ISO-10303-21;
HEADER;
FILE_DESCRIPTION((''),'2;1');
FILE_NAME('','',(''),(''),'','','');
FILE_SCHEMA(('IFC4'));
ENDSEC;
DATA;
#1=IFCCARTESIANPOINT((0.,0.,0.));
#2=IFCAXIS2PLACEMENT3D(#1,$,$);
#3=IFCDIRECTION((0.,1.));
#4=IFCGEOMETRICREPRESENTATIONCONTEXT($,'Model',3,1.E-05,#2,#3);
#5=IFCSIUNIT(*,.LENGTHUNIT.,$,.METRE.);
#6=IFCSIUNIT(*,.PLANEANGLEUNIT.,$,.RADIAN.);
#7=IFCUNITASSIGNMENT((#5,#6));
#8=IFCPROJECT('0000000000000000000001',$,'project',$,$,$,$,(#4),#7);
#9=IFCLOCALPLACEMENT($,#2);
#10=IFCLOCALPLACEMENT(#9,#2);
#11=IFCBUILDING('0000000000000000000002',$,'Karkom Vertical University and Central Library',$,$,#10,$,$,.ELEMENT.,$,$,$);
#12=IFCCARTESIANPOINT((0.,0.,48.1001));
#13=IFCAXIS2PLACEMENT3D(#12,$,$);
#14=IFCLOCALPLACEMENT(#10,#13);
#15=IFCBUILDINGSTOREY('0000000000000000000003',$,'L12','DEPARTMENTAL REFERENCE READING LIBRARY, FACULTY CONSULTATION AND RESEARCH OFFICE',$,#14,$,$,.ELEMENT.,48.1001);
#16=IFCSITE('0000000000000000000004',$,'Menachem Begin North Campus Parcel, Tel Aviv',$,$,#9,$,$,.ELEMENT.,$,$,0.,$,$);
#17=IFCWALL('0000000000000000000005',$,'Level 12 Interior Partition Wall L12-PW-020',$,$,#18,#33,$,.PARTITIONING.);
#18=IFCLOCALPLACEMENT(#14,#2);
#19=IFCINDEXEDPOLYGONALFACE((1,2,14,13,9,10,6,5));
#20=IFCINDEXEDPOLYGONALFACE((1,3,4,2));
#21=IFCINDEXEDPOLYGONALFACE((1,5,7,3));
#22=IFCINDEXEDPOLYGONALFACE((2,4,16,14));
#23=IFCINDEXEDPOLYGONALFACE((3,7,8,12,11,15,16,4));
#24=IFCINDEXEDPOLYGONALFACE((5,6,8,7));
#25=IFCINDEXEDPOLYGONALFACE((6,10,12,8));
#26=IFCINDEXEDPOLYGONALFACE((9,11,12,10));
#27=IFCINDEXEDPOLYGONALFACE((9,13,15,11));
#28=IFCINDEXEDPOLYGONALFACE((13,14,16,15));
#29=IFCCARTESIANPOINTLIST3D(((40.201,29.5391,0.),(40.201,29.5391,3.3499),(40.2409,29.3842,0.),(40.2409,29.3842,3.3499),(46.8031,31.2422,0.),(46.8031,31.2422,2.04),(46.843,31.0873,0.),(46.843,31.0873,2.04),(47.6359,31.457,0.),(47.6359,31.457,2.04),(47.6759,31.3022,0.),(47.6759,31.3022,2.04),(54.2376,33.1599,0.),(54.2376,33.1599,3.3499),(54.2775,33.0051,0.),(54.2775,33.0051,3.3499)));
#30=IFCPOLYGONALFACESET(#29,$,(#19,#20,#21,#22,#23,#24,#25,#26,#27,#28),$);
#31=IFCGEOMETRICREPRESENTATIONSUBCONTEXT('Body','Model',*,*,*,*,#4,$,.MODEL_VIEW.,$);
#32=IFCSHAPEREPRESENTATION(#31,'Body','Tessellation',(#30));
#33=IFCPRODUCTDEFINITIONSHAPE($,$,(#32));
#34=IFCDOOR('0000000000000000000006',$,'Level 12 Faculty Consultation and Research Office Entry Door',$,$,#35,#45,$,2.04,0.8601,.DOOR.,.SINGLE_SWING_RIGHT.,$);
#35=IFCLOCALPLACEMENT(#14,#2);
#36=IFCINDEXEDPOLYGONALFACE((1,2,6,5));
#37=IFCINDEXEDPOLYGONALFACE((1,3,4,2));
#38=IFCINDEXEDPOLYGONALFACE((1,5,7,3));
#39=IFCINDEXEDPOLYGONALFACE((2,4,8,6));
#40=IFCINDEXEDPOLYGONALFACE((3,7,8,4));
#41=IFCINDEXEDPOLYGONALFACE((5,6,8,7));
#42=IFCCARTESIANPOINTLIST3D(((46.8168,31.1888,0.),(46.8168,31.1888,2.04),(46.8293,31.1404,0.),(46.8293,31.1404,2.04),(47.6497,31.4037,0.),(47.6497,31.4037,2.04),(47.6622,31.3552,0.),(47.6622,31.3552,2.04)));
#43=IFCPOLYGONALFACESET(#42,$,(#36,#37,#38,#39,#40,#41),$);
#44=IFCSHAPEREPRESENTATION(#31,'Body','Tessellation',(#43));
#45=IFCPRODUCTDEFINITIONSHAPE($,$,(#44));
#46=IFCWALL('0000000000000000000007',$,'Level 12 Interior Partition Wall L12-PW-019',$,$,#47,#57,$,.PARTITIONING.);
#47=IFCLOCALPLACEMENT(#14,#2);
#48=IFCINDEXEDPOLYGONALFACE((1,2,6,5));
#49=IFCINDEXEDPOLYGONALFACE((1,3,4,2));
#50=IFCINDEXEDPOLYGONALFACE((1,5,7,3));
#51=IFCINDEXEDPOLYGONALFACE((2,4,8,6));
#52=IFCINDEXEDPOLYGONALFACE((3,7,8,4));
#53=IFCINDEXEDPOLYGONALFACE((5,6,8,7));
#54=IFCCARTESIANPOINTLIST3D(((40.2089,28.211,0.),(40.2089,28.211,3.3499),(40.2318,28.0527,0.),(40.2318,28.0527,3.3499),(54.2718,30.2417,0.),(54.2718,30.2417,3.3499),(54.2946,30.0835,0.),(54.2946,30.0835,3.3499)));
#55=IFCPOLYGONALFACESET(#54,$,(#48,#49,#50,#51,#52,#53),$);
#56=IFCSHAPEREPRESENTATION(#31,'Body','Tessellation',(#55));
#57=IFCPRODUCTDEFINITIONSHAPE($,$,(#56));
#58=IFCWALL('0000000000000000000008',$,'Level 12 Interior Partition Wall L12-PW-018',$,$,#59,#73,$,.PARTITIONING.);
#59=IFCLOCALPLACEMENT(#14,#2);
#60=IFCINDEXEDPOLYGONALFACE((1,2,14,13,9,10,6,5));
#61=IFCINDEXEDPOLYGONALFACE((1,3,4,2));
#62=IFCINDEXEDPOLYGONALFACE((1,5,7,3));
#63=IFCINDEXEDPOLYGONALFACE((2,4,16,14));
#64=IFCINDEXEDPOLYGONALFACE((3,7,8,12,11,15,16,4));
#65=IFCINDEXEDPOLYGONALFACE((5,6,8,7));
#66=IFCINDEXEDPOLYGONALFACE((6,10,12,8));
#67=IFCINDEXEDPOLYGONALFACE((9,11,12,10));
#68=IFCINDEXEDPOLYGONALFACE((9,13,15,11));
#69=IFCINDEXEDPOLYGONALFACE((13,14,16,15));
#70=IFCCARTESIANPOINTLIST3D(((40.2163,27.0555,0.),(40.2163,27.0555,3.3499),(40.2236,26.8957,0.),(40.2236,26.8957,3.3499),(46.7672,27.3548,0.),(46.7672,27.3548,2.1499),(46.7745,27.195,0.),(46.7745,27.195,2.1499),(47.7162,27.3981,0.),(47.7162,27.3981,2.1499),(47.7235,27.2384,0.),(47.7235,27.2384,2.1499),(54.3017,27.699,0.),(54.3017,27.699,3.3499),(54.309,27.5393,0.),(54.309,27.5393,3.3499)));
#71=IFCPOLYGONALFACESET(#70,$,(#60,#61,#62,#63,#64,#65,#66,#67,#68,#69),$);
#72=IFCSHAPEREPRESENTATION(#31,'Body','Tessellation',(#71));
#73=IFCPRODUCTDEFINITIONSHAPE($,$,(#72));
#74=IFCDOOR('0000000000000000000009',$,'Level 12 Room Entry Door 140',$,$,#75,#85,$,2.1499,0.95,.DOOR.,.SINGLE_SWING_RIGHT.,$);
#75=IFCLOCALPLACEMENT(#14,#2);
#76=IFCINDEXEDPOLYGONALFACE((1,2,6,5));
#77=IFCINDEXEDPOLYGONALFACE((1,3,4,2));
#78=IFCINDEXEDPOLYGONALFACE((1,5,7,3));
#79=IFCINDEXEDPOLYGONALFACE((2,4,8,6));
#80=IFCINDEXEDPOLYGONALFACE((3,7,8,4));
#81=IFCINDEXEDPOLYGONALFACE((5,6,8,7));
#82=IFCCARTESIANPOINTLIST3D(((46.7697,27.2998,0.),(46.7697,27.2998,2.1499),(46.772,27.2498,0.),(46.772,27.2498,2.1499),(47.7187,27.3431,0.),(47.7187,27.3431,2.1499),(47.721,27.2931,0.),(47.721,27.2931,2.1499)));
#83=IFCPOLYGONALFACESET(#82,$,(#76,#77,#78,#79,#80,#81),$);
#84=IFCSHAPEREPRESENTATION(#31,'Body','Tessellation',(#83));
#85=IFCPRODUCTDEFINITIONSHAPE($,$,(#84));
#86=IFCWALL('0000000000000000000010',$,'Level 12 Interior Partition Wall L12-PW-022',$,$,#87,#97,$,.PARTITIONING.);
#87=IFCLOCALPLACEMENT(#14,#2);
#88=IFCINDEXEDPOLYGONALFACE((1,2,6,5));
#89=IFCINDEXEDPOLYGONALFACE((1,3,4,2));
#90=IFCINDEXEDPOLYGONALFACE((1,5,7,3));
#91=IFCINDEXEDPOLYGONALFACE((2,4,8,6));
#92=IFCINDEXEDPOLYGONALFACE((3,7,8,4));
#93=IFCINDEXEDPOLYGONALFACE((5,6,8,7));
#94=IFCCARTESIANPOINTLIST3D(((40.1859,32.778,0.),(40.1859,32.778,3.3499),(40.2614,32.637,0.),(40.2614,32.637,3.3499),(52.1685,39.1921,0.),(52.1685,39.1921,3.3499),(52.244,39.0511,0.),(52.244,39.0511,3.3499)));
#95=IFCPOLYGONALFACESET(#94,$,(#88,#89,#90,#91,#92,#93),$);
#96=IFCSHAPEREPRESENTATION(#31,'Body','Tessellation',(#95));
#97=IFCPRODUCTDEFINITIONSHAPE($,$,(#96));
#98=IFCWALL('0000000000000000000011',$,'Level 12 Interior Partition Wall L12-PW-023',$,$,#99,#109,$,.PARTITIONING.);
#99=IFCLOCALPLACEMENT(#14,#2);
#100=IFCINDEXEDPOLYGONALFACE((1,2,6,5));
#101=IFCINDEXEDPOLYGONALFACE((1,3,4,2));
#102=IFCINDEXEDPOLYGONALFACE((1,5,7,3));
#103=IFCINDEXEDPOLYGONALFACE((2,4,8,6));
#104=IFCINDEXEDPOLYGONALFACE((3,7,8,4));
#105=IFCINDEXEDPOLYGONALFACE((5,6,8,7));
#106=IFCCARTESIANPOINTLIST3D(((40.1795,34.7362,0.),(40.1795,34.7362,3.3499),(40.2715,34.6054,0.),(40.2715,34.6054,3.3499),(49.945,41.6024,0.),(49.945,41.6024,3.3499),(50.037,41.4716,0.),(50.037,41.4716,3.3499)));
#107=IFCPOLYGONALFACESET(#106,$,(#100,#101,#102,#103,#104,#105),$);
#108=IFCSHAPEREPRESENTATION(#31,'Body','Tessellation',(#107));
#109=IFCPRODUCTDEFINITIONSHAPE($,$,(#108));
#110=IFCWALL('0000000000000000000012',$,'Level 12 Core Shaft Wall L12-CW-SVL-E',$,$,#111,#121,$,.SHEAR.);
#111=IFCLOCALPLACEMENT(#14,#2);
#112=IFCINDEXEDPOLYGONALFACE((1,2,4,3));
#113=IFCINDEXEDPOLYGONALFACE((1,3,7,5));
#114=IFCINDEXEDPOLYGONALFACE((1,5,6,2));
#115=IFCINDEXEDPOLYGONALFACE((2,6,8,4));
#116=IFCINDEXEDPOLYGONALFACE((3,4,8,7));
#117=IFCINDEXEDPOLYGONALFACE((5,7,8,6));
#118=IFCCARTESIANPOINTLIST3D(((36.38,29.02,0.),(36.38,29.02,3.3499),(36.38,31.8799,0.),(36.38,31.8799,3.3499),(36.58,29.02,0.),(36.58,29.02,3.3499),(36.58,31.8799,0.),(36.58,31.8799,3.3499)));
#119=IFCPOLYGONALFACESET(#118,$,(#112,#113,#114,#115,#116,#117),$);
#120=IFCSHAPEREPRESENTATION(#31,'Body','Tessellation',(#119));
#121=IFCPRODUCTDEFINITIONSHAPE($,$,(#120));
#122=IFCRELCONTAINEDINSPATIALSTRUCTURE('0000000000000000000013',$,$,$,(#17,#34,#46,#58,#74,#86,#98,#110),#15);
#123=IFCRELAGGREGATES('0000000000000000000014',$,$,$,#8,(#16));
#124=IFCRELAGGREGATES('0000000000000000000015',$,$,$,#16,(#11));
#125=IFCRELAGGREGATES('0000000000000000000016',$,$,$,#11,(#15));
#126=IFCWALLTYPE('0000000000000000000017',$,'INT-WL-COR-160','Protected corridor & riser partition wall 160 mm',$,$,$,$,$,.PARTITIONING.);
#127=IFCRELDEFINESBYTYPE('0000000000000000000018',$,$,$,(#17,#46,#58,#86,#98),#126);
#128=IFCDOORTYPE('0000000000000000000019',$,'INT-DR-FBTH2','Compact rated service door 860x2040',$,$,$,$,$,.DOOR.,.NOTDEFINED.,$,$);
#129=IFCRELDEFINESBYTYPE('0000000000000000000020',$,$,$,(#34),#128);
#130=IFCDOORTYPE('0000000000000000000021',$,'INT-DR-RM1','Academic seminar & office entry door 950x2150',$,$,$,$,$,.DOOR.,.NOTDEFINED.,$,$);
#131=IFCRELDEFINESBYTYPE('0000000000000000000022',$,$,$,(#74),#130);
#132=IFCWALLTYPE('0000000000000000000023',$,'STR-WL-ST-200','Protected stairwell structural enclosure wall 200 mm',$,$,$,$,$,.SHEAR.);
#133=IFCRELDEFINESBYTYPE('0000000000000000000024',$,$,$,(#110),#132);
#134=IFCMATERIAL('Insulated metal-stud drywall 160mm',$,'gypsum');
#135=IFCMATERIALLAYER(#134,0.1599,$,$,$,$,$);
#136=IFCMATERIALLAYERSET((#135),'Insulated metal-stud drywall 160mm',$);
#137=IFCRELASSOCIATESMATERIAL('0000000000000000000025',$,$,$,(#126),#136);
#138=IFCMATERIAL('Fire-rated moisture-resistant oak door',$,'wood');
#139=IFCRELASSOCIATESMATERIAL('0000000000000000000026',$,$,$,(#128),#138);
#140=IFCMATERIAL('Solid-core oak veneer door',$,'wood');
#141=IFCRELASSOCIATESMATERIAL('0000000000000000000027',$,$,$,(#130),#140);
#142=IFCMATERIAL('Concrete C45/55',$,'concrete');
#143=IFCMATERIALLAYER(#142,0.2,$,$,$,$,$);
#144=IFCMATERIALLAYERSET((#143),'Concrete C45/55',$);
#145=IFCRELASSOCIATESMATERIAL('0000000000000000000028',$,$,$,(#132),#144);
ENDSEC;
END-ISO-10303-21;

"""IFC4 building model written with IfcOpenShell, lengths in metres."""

from ifc_helpers import new_model, si_unit, direction, frame, frame_2d, origin, origin_with_axes, place, context, subcontext, project, spatial, rectangle, extrude, source, transform, mapped, material, layer, layer_set, type_object, element, fill, save


model = new_model("IFC4")

# Units and contexts
model_context = context("Model", 3, precision=1e-05, world=origin(), true_north=direction((0.0, 1.0)))
body_context = subcontext(model_context, "Body", "Model", "MODEL_VIEW")
ifc_project = project(units=[si_unit("LENGTHUNIT", "METRE"), si_unit("PLANEANGLEUNIT", "RADIAN")], contexts=[model_context])

# Site, building, storey
site_placement = place(None, origin())
site = spatial("IfcSite", under=ifc_project, at=site_placement, Name="Menachem Begin North Campus Parcel, Tel Aviv", CompositionType="ELEMENT", RefElevation=0.0)
building_placement = place(site_placement, origin())
building = spatial("IfcBuilding", under=site, at=building_placement, Name="Karkom Vertical University and Central Library", CompositionType="ELEMENT")
storey_placement = place(building_placement, frame((0.0, 0.0, 48.1001)))
storey = spatial("IfcBuildingStorey", under=building, at=storey_placement, Name="L12", Description="DEPARTMENTAL REFERENCE READING LIBRARY, FACULTY CONSULTATION AND RESEARCH OFFICE", CompositionType="ELEMENT", Elevation=48.1001)

# Shared definitions
ifc_material_1 = material(Name="Insulated metal-stud drywall 160mm", Category="gypsum")
ifc_layer_1 = layer(ifc_material_1, 0.1599)
ifc_layer_set_1 = layer_set([ifc_layer_1], Name="Insulated metal-stud drywall 160mm")
wall_type_1 = type_object("IfcWallType", Name="INT-WL-COR-160", Description="Protected corridor & riser partition wall 160 mm", PredefinedType="PARTITIONING", material=ifc_layer_set_1)

# Wall, opening, door
wall_1_placement = place(storey_placement, frame((40.2209, 29.4617, 0.0), z_axis=(0.0, 0.0, 1.0), x_axis=(0.968302, 0.249781, 0.0)))
wall_1 = element("IfcWall", 1, at=wall_1_placement, inside=storey, type_object=wall_type_1, Name="Level 12 Interior Partition Wall L12-PW-020", PredefinedType="PARTITIONING", context=body_context, shape_type="SweptSolid", body=[
    extrude(rectangle(XDim=14.4961, YDim=0.1599, at=frame_2d((7.248, 0.0))), origin(), (0.0, 0.0, 1.0), 3.3499),
])
opening_1_placement = place(wall_1_placement, frame((6.8181, 0.0, 0.0)))
opening_1 = element("IfcOpeningElement", 2, at=opening_1_placement, cuts=wall_1, PredefinedType="OPENING", context=body_context, shape_type="SweptSolid", body=[
    extrude(rectangle(XDim=0.8601, YDim=2.04, at=frame_2d((0.4302, 1.02))), frame((0.0, 0.0898, 0.0), z_axis=(0.0, -1.0, 0.0), x_axis=(1.0, 0.0, 0.0)), (0.0, 0.0, 1.0), 0.1799),
])
ifc_material_2 = material(Name="Fire-rated moisture-resistant oak door", Category="wood")
door_type_1 = type_object("IfcDoorType", Name="INT-DR-FBTH2", Description="Compact rated service door 860x2040", OperationType="NOTDEFINED", PredefinedType="DOOR", material=ifc_material_2)
shared_shape_1 = source(origin_with_axes(), body_context, "Body", "SweptSolid", [
    extrude(rectangle(XDim=0.8601, YDim=2.04, at=frame_2d((0.4302, 1.02))), frame((0.0, 0.0249, 0.0), z_axis=(0.0, -1.0, 0.0), x_axis=(1.0, 0.0, 0.0)), (0.0, 0.0, 1.0), 0.05),
])
door_1_placement = place(opening_1_placement, origin())
door_1 = element("IfcDoor", 3, at=door_1_placement, inside=storey, type_object=door_type_1, Name="Level 12 Faculty Consultation and Research Office Entry Door", OperationType="SINGLE_SWING_RIGHT", OverallHeight=2.04, OverallWidth=0.8601, PredefinedType="DOOR", context=body_context, shape_type="MappedRepresentation", body=[
    mapped(shared_shape_1, transform((0.0, 0.0, 0.0), scale=1.0)),
])
fill(opening_1, door_1)

# Wall
wall_2_placement = place(storey_placement, frame((40.2202, 28.1318, 0.0), z_axis=(0.0, 0.0, 1.0), x_axis=(0.989734, 0.142922, 0.0)))
element("IfcWall", 4, at=wall_2_placement, inside=storey, type_object=wall_type_1, Name="Level 12 Interior Partition Wall L12-PW-019", PredefinedType="PARTITIONING", context=body_context, shape_type="SweptSolid", body=[
    extrude(rectangle(XDim=14.2087, YDim=0.1599, at=frame_2d((7.1045, 0.0))), origin(), (0.0, 0.0, 1.0), 3.3499),
])

# Wall, opening, door
wall_3_placement = place(storey_placement, frame((40.22, 26.9756, 0.0), z_axis=(0.0, 0.0, 1.0), x_axis=(0.998958, 0.045642, 0.0)))
wall_3 = element("IfcWall", 5, at=wall_3_placement, inside=storey, type_object=wall_type_1, Name="Level 12 Interior Partition Wall L12-PW-018", PredefinedType="PARTITIONING", context=body_context, shape_type="SweptSolid", body=[
    extrude(rectangle(XDim=14.1001, YDim=0.1599, at=frame_2d((7.05, 0.0))), origin(), (0.0, 0.0, 1.0), 3.3499),
])
opening_2_placement = place(wall_3_placement, frame((6.5576, 0.0, 0.0)))
opening_2 = element("IfcOpeningElement", 6, at=opening_2_placement, cuts=wall_3, PredefinedType="OPENING", context=body_context, shape_type="SweptSolid", body=[
    extrude(rectangle(XDim=0.95, YDim=2.1499, at=frame_2d((0.4751, 1.075))), frame((0.0, 0.0898, 0.0), z_axis=(0.0, -1.0, 0.0), x_axis=(1.0, 0.0, 0.0)), (0.0, 0.0, 1.0), 0.1799),
])
ifc_material_3 = material(Name="Solid-core oak veneer door", Category="wood")
door_type_2 = type_object("IfcDoorType", Name="INT-DR-RM1", Description="Academic seminar & office entry door 950x2150", OperationType="NOTDEFINED", PredefinedType="DOOR", material=ifc_material_3)
shared_shape_2 = source(origin_with_axes(), body_context, "Body", "SweptSolid", [
    extrude(rectangle(XDim=0.95, YDim=2.1499, at=frame_2d((0.4751, 1.075))), frame((0.0, 0.0249, 0.0), z_axis=(0.0, -1.0, 0.0), x_axis=(1.0, 0.0, 0.0)), (0.0, 0.0, 1.0), 0.05),
])
door_2_placement = place(opening_2_placement, origin())
door_2 = element("IfcDoor", 7, at=door_2_placement, inside=storey, type_object=door_type_2, Name="Level 12 Room Entry Door 140", OperationType="SINGLE_SWING_RIGHT", OverallHeight=2.1499, OverallWidth=0.95, PredefinedType="DOOR", context=body_context, shape_type="MappedRepresentation", body=[
    mapped(shared_shape_2, transform((0.0, 0.0, 0.0), scale=1.0)),
])
fill(opening_2, door_2)

# Walls
wall_4_placement = place(storey_placement, frame((40.2236, 32.7075, 0.0), z_axis=(0.0, 0.0, 1.0), x_axis=(0.88164, 0.471923, 0.0)))
element("IfcWall", 8, at=wall_4_placement, inside=storey, type_object=wall_type_1, Name="Level 12 Interior Partition Wall L12-PW-022", PredefinedType="PARTITIONING", context=body_context, shape_type="SweptSolid", body=[
    extrude(rectangle(XDim=13.5913, YDim=0.1599, at=frame_2d((6.7957, 0.0))), origin(), (0.0, 0.0, 1.0), 3.3499),
])
wall_5_placement = place(storey_placement, frame((40.2256, 34.6709, 0.0), z_axis=(0.0, 0.0, 1.0), x_axis=(0.818039, 0.575163, 0.0)))
element("IfcWall", 9, at=wall_5_placement, inside=storey, type_object=wall_type_1, Name="Level 12 Interior Partition Wall L12-PW-023", PredefinedType="PARTITIONING", context=body_context, shape_type="SweptSolid", body=[
    extrude(rectangle(XDim=11.9377, YDim=0.1599, at=frame_2d((5.9688, 0.0))), origin(), (0.0, 0.0, 1.0), 3.3499),
])

# Wall
ifc_material_4 = material(Name="Concrete C45/55", Category="concrete")
ifc_layer_2 = layer(ifc_material_4, 0.2)
ifc_layer_set_2 = layer_set([ifc_layer_2], Name="Concrete C45/55")
wall_type_2 = type_object("IfcWallType", Name="STR-WL-ST-200", Description="Protected stairwell structural enclosure wall 200 mm", PredefinedType="SHEAR", material=ifc_layer_set_2)
wall_6_placement = place(storey_placement, frame((36.48, 29.02, 0.0), z_axis=(0.0, 0.0, 1.0), x_axis=(0.0, 1.0, 0.0)))
element("IfcWall", 10, at=wall_6_placement, inside=storey, type_object=wall_type_2, Name="Level 12 Core Shaft Wall L12-CW-SVL-E", PredefinedType="SHEAR", context=body_context, shape_type="SweptSolid", body=[
    extrude(rectangle(XDim=2.8599, YDim=0.2, at=frame_2d((1.4299, 0.0))), origin(), (0.0, 0.0, 1.0), 3.3499),
])

save(model, "model.ifc")
